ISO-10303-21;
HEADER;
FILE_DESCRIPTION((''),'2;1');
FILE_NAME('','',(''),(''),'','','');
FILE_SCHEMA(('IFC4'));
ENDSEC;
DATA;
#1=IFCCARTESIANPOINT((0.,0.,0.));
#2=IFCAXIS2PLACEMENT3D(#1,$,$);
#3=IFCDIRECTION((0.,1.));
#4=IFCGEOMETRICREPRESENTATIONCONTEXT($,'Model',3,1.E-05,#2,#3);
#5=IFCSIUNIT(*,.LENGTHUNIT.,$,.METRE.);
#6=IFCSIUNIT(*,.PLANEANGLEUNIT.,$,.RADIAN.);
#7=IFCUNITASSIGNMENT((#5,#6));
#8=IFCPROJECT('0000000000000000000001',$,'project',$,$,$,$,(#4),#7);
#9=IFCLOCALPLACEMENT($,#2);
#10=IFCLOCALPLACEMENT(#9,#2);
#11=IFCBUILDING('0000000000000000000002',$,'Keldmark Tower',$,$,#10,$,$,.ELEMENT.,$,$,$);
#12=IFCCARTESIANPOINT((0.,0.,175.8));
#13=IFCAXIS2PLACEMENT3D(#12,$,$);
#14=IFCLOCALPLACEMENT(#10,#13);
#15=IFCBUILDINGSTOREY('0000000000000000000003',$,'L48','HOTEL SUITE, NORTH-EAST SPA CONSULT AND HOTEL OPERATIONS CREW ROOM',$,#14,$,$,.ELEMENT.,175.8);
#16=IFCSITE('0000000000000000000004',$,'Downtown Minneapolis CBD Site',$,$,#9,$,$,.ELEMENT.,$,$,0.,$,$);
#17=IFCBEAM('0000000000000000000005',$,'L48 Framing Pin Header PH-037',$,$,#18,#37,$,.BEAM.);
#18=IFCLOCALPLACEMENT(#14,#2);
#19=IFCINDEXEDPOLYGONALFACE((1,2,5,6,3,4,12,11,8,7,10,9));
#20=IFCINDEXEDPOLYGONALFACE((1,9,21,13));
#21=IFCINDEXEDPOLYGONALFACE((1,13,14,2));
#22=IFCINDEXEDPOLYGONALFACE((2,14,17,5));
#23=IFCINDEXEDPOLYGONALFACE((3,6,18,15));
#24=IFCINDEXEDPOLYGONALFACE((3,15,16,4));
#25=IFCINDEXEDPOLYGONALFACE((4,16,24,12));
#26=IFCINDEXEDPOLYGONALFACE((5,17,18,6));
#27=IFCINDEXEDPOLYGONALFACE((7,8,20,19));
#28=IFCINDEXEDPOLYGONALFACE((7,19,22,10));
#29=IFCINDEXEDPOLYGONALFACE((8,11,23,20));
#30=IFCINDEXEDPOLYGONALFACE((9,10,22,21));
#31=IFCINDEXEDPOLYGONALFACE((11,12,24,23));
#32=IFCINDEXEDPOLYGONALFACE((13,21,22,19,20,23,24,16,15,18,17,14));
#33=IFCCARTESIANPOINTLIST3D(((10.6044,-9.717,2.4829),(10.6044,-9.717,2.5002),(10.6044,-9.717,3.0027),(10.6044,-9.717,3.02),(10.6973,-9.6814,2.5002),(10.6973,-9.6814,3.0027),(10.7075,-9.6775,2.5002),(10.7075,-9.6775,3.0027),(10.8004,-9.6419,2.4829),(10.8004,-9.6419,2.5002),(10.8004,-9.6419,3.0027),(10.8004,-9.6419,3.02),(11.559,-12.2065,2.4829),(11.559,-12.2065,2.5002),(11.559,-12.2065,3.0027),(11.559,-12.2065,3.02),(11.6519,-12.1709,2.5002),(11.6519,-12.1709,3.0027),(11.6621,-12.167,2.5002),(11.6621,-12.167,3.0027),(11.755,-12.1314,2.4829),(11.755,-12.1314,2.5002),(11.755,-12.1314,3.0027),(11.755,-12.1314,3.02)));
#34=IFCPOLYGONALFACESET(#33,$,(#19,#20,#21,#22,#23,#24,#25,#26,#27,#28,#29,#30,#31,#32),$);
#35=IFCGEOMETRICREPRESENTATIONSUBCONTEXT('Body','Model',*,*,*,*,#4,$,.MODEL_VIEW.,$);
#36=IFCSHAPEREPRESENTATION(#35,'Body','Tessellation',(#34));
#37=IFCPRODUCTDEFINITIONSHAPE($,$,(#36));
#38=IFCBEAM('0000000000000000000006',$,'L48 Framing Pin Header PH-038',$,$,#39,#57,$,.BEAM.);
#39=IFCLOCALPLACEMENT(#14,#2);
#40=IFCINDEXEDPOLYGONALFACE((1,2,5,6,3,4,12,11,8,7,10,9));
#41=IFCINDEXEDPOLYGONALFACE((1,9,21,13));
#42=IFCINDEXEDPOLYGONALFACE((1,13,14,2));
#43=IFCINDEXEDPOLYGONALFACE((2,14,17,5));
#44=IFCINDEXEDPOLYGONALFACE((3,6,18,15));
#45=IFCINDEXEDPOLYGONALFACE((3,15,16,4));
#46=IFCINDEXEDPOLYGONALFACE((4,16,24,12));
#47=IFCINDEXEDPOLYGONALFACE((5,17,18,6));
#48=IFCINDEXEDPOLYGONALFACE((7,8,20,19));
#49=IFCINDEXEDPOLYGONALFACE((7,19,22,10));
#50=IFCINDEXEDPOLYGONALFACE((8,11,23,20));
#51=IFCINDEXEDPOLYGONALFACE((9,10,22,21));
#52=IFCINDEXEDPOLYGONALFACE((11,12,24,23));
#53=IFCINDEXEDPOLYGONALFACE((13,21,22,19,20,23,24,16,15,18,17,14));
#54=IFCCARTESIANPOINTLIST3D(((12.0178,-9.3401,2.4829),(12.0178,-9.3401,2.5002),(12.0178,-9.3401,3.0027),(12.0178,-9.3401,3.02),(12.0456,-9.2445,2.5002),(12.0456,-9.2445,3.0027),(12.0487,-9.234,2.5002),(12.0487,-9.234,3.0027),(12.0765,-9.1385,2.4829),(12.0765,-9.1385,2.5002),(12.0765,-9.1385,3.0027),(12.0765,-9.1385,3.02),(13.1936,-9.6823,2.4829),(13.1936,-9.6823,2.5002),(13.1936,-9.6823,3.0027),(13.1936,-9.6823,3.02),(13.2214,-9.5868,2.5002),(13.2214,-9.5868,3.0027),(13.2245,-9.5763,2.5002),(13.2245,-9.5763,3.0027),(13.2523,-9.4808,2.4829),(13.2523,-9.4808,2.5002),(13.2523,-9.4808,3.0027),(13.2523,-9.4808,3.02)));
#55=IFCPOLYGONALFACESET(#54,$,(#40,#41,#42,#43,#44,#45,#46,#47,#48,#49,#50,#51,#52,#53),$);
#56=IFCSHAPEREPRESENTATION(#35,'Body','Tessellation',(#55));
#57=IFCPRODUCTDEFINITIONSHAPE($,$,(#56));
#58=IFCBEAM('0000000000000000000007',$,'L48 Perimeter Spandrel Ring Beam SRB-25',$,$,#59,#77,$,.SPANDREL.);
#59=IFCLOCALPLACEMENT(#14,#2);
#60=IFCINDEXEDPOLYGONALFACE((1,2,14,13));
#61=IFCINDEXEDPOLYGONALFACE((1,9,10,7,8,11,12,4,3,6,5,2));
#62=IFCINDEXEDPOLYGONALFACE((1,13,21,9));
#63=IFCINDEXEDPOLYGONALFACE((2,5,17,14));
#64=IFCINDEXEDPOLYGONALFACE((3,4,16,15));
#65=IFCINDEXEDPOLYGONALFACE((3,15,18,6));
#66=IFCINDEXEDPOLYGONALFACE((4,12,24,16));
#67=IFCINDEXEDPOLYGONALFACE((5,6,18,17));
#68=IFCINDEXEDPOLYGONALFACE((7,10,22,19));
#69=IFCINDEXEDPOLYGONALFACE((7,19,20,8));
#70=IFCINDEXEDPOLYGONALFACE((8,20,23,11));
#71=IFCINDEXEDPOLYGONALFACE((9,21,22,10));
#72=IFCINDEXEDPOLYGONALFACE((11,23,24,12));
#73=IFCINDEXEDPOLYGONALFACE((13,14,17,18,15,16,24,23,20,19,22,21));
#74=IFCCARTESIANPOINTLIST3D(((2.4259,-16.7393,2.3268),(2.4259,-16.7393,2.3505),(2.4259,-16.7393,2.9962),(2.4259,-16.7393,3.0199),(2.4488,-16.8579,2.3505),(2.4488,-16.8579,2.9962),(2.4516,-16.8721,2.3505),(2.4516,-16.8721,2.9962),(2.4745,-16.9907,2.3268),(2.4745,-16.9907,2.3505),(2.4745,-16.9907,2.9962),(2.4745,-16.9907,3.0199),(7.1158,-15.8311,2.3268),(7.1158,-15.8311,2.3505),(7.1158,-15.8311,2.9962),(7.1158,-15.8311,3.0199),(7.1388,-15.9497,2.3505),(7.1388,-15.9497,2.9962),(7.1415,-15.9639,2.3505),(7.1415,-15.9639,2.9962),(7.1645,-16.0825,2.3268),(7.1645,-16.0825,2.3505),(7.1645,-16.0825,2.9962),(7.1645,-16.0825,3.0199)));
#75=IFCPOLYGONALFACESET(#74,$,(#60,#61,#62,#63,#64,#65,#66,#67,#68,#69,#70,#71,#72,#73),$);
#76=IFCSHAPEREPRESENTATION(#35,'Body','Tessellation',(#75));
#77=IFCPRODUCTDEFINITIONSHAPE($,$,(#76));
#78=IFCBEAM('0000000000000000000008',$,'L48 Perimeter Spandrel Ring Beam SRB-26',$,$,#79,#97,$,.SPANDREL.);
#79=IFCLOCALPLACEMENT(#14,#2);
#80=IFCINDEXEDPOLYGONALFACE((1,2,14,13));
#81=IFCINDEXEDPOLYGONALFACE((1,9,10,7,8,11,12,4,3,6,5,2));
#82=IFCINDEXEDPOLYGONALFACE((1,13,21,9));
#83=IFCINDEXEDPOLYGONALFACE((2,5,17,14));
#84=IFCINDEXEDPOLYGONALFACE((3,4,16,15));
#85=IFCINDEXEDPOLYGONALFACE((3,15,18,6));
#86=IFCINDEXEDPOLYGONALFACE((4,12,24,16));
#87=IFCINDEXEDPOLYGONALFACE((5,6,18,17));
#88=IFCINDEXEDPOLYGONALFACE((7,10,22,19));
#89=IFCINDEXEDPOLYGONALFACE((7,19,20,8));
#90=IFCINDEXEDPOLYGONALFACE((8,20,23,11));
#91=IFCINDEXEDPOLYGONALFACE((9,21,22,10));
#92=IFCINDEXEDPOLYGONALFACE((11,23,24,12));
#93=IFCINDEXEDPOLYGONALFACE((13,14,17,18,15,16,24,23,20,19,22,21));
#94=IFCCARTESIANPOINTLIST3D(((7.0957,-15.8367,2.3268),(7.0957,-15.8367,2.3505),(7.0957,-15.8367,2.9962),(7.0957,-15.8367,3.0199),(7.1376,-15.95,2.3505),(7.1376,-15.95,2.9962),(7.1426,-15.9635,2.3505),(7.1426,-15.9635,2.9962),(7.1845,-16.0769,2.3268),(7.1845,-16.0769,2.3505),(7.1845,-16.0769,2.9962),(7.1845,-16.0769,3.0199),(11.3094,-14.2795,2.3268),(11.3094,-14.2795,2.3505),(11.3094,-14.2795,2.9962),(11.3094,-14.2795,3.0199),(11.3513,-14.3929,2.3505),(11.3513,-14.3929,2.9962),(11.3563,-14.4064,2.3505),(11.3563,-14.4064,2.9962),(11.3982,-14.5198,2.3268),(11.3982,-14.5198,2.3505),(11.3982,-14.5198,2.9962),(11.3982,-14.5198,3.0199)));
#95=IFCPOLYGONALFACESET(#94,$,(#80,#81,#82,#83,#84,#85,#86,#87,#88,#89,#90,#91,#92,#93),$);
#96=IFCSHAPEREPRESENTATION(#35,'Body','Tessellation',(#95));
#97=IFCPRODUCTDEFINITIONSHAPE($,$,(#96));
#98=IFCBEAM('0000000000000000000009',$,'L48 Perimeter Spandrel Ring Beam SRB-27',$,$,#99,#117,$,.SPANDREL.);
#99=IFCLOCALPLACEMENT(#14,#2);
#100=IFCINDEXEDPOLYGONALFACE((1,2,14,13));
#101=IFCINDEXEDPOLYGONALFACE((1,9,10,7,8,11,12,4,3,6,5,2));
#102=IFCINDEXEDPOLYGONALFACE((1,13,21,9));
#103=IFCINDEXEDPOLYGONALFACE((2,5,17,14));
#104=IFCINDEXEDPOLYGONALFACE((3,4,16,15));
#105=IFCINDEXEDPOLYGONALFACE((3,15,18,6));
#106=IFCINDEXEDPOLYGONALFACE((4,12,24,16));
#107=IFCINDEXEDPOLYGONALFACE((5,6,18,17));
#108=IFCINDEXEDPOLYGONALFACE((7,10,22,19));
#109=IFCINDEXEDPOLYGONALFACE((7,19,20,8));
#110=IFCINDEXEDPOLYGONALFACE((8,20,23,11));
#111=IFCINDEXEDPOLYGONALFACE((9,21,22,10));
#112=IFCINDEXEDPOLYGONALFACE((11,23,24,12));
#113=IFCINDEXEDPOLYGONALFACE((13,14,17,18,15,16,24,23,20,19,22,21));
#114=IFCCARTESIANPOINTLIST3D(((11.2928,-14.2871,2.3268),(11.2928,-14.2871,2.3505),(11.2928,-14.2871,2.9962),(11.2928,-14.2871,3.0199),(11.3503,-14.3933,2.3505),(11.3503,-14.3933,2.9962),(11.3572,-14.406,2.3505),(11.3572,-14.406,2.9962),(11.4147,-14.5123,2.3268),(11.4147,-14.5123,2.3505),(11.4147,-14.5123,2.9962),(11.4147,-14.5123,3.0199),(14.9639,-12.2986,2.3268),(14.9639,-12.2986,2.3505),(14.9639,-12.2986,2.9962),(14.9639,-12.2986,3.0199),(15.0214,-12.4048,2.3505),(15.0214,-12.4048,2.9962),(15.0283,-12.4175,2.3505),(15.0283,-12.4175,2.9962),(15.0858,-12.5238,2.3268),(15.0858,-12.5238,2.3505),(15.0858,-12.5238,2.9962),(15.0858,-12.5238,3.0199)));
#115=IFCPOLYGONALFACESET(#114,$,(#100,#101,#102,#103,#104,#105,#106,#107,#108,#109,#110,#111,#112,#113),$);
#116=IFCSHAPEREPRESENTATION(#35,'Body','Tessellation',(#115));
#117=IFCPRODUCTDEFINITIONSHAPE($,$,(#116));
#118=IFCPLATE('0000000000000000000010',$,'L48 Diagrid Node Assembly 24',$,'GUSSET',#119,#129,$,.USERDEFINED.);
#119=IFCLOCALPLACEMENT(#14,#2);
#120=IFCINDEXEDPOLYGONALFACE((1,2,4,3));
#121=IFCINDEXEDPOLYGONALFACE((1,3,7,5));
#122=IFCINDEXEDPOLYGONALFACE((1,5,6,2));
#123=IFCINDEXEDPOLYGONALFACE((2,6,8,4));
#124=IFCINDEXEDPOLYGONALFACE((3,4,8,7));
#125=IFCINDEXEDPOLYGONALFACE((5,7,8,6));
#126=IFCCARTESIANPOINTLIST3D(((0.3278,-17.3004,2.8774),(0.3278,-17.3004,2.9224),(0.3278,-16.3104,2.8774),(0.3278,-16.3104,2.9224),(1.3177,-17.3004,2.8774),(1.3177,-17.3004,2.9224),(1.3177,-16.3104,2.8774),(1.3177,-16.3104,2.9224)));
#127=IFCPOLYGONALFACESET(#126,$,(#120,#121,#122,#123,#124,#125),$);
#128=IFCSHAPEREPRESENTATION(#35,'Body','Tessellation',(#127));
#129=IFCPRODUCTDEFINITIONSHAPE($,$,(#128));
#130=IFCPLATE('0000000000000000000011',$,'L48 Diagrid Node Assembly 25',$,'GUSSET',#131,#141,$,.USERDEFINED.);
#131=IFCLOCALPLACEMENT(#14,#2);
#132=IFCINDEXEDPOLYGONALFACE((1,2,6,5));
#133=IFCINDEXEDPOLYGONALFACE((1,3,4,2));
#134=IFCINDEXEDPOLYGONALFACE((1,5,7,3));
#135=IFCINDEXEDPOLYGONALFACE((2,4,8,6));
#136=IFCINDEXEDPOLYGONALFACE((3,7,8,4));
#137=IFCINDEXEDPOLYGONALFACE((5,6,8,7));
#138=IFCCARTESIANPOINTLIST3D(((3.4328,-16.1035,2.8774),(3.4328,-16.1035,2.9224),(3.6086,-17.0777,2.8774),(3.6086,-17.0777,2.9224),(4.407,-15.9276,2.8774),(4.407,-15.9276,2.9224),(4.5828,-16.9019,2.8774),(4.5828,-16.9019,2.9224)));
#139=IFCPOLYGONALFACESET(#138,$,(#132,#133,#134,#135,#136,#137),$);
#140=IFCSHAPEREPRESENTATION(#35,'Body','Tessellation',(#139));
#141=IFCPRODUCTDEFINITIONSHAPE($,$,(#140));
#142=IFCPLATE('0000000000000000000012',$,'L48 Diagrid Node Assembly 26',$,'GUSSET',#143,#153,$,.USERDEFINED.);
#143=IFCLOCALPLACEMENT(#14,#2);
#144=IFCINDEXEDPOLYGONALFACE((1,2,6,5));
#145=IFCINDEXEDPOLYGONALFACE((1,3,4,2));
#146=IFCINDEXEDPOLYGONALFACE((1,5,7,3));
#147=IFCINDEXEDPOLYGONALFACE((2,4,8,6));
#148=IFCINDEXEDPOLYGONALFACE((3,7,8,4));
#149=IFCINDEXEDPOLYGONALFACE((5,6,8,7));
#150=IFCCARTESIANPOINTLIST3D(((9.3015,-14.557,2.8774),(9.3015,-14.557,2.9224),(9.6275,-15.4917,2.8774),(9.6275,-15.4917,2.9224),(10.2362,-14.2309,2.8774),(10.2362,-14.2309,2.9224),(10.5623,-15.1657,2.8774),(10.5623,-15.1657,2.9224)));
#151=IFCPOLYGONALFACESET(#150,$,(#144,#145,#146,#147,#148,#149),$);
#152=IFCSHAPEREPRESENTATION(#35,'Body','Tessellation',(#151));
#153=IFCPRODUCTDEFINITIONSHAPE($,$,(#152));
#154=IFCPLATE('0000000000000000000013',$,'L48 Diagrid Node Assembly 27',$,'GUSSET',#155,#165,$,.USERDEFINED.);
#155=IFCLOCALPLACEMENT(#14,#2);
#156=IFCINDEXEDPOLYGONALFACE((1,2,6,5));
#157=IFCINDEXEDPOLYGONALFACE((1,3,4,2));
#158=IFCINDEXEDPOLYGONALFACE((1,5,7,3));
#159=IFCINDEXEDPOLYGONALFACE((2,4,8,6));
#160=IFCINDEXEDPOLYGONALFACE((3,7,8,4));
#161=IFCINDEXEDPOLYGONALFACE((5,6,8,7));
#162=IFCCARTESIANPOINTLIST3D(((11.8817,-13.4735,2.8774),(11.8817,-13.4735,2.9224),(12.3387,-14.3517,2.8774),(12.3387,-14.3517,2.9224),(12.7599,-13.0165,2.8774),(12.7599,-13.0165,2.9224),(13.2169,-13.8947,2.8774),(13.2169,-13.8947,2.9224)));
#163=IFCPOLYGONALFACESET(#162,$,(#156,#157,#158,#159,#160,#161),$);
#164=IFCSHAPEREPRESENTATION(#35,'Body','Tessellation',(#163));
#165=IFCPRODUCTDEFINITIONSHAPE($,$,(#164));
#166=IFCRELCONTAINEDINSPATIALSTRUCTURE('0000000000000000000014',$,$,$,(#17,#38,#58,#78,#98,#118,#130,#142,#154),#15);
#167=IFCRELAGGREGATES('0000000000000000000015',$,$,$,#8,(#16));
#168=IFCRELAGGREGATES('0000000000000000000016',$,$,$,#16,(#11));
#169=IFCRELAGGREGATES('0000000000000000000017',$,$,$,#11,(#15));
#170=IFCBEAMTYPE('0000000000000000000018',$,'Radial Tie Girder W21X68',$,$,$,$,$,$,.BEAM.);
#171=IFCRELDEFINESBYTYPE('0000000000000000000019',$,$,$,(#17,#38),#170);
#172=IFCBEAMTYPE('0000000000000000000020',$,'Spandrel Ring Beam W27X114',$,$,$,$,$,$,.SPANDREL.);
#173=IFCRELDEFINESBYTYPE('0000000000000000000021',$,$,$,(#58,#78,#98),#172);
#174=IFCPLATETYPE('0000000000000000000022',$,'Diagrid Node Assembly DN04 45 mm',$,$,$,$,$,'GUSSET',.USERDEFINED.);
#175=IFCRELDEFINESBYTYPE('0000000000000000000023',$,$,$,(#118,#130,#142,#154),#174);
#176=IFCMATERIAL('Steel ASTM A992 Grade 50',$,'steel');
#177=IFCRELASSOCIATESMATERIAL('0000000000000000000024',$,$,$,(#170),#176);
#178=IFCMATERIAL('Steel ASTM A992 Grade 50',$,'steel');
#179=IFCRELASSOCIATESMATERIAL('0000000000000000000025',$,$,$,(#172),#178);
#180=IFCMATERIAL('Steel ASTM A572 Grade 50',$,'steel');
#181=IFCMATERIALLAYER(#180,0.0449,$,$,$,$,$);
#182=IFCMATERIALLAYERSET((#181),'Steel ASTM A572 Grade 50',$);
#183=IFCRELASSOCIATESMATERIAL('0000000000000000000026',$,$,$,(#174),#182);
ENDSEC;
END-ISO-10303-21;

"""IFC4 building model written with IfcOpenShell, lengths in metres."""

from ifc_helpers import new_model, si_unit, direction, frame, origin, origin_2d, place, context, subcontext, project, spatial, rectangle, i_section, extrude, material, layer, layer_set, material_profile, profile_set, type_object, element, save


model = new_model("IFC4")

# Units and contexts
model_context = context("Model", 3, precision=1e-05, world=origin(), true_north=direction((0.0, 1.0)))
body_context = subcontext(model_context, "Body", "Model", "MODEL_VIEW")
ifc_project = project(units=[si_unit("LENGTHUNIT", "METRE"), si_unit("PLANEANGLEUNIT", "RADIAN")], contexts=[model_context])

# Site, building, storey
site_placement = place(None, origin())
site = spatial("IfcSite", under=ifc_project, at=site_placement, Name="Downtown Minneapolis CBD Site", CompositionType="ELEMENT", RefElevation=0.0)
building_placement = place(site_placement, origin())
building = spatial("IfcBuilding", under=site, at=building_placement, Name="Keldmark Tower", CompositionType="ELEMENT")
storey_placement = place(building_placement, frame((0.0, 0.0, 175.8)))
storey = spatial("IfcBuildingStorey", under=building, at=storey_placement, Name="L48", Description="HOTEL SUITE, NORTH-EAST SPA CONSULT AND HOTEL OPERATIONS CREW ROOM", CompositionType="ELEMENT", Elevation=175.8)

# Beams
ifc_material_1 = material(Name="Steel ASTM A992 Grade 50", Category="steel")
ifc_material_profile_1 = material_profile(ifc_material_1, i_section(OverallWidth=0.21, OverallDepth=0.5371, WebThickness=0.011, FlangeThickness=0.0173, at=origin_2d()), Name="W21X68")
ifc_profile_set_1 = profile_set([ifc_material_profile_1], Name="Steel ASTM A992 Grade 50")
beam_type_1 = type_object("IfcBeamType", Name="Radial Tie Girder W21X68", PredefinedType="BEAM", material=ifc_profile_set_1)
beam_1_placement = place(storey_placement, frame((10.7024, -9.6794, 2.7515), z_axis=(0.358028, -0.933711, 0.0), x_axis=(0.933711, 0.358028, 0.0)))
element("IfcBeam", 1, at=beam_1_placement, inside=storey, type_object=beam_type_1, Name="L48 Framing Pin Header PH-037", PredefinedType="BEAM", context=body_context, shape_type="SweptSolid", body=[
    extrude(i_section(OverallWidth=0.21, OverallDepth=0.5371, WebThickness=0.011, FlangeThickness=0.0173, at=origin_2d()), origin(), (0.0, 0.0, 1.0), 2.6663),
])
beam_2_placement = place(storey_placement, frame((12.0471, -9.2393, 2.7515), z_axis=(0.960143, -0.27951, 0.0), x_axis=(0.27951, 0.960143, 0.0)))
element("IfcBeam", 2, at=beam_2_placement, inside=storey, type_object=beam_type_1, Name="L48 Framing Pin Header PH-038", PredefinedType="BEAM", context=body_context, shape_type="SweptSolid", body=[
    extrude(i_section(OverallWidth=0.21, OverallDepth=0.5371, WebThickness=0.011, FlangeThickness=0.0173, at=origin_2d()), origin(), (0.0, 0.0, 1.0), 1.2246),
])
ifc_material_2 = material(Name="Steel ASTM A992 Grade 50", Category="steel")
ifc_material_profile_2 = material_profile(ifc_material_2, i_section(OverallWidth=0.2561, OverallDepth=0.6931, WebThickness=0.0144, FlangeThickness=0.0237, at=origin_2d()), Name="W27X114")
ifc_profile_set_2 = profile_set([ifc_material_profile_2], Name="Steel ASTM A992 Grade 50")
beam_type_2 = type_object("IfcBeamType", Name="Spandrel Ring Beam W27X114", PredefinedType="SPANDREL", material=ifc_profile_set_2)
beam_3_placement = place(storey_placement, frame((2.4502, -16.865, 2.6733), z_axis=(0.981761, 0.190117, 0.0), x_axis=(-0.190117, 0.981761, 0.0)))
element("IfcBeam", 3, at=beam_3_placement, inside=storey, type_object=beam_type_2, Name="L48 Perimeter Spandrel Ring Beam SRB-25", PredefinedType="SPANDREL", context=body_context, shape_type="SweptSolid", body=[
    extrude(i_section(OverallWidth=0.2561, OverallDepth=0.6931, WebThickness=0.0144, FlangeThickness=0.0237, at=origin_2d()), origin(), (0.0, 0.0, 1.0), 4.7771),
])
beam_4_placement = place(storey_placement, frame((7.1401, -15.9568, 2.6733), z_axis=(0.938, 0.346635, 0.0), x_axis=(-0.346635, 0.938, 0.0)))
element("IfcBeam", 4, at=beam_4_placement, inside=storey, type_object=beam_type_2, Name="L48 Perimeter Spandrel Ring Beam SRB-26", PredefinedType="SPANDREL", context=body_context, shape_type="SweptSolid", body=[
    extrude(i_section(OverallWidth=0.2561, OverallDepth=0.6931, WebThickness=0.0144, FlangeThickness=0.0237, at=origin_2d()), origin(), (0.0, 0.0, 1.0), 4.4922),
])
beam_5_placement = place(storey_placement, frame((11.3538, -14.3997, 2.6733), z_axis=(0.879293, 0.476281, 0.0), x_axis=(-0.476281, 0.879293, 0.0)))
element("IfcBeam", 5, at=beam_5_placement, inside=storey, type_object=beam_type_2, Name="L48 Perimeter Spandrel Ring Beam SRB-27", PredefinedType="SPANDREL", context=body_context, shape_type="SweptSolid", body=[
    extrude(i_section(OverallWidth=0.2561, OverallDepth=0.6931, WebThickness=0.0144, FlangeThickness=0.0237, at=origin_2d()), origin(), (0.0, 0.0, 1.0), 4.175),
])

# Plates
ifc_material_3 = material(Name="Steel ASTM A572 Grade 50", Category="steel")
ifc_layer_1 = layer(ifc_material_3, 0.0449)
ifc_layer_set_1 = layer_set([ifc_layer_1], Name="Steel ASTM A572 Grade 50")
plate_type = type_object("IfcPlateType", Name="Diagrid Node Assembly DN04 45 mm", ElementType="GUSSET", PredefinedType="USERDEFINED", material=ifc_layer_set_1)
for number, where, z_axis, x_axis, name in (
    (6, (0.8228, -16.8054, 2.8774), (0.0, 0.0, 1.0), (1.0, 0.0, 0.0), "L48 Diagrid Node Assembly 24"),
    (7, (4.0078, -16.5027, 2.8774), (0.0, 0.0, 1.0), (0.984103, 0.1776, 0.0), "L48 Diagrid Node Assembly 25"),
    (8, (9.9319, -14.8613, 2.8774), (0.0, 0.0, 1.0), (0.944204, 0.329361, 0.0), "L48 Diagrid Node Assembly 26"),
    (9, (12.5493, -13.6841, 2.8774), (0.0, 0.0, 1.0), (0.887091, 0.461594, 0.0), "L48 Diagrid Node Assembly 27"),
):
    element("IfcPlate", number, at=place(storey_placement, frame(where, z_axis=z_axis, x_axis=x_axis)), inside=storey, type_object=plate_type, Name=name, ObjectType="GUSSET", PredefinedType="USERDEFINED", context=body_context, shape_type="SweptSolid", body=[
        extrude(rectangle(XDim=0.99, YDim=0.99, at=origin_2d()), origin(), (0.0, 0.0, 1.0), 0.0449),
    ])

save(model, "model.ifc")
